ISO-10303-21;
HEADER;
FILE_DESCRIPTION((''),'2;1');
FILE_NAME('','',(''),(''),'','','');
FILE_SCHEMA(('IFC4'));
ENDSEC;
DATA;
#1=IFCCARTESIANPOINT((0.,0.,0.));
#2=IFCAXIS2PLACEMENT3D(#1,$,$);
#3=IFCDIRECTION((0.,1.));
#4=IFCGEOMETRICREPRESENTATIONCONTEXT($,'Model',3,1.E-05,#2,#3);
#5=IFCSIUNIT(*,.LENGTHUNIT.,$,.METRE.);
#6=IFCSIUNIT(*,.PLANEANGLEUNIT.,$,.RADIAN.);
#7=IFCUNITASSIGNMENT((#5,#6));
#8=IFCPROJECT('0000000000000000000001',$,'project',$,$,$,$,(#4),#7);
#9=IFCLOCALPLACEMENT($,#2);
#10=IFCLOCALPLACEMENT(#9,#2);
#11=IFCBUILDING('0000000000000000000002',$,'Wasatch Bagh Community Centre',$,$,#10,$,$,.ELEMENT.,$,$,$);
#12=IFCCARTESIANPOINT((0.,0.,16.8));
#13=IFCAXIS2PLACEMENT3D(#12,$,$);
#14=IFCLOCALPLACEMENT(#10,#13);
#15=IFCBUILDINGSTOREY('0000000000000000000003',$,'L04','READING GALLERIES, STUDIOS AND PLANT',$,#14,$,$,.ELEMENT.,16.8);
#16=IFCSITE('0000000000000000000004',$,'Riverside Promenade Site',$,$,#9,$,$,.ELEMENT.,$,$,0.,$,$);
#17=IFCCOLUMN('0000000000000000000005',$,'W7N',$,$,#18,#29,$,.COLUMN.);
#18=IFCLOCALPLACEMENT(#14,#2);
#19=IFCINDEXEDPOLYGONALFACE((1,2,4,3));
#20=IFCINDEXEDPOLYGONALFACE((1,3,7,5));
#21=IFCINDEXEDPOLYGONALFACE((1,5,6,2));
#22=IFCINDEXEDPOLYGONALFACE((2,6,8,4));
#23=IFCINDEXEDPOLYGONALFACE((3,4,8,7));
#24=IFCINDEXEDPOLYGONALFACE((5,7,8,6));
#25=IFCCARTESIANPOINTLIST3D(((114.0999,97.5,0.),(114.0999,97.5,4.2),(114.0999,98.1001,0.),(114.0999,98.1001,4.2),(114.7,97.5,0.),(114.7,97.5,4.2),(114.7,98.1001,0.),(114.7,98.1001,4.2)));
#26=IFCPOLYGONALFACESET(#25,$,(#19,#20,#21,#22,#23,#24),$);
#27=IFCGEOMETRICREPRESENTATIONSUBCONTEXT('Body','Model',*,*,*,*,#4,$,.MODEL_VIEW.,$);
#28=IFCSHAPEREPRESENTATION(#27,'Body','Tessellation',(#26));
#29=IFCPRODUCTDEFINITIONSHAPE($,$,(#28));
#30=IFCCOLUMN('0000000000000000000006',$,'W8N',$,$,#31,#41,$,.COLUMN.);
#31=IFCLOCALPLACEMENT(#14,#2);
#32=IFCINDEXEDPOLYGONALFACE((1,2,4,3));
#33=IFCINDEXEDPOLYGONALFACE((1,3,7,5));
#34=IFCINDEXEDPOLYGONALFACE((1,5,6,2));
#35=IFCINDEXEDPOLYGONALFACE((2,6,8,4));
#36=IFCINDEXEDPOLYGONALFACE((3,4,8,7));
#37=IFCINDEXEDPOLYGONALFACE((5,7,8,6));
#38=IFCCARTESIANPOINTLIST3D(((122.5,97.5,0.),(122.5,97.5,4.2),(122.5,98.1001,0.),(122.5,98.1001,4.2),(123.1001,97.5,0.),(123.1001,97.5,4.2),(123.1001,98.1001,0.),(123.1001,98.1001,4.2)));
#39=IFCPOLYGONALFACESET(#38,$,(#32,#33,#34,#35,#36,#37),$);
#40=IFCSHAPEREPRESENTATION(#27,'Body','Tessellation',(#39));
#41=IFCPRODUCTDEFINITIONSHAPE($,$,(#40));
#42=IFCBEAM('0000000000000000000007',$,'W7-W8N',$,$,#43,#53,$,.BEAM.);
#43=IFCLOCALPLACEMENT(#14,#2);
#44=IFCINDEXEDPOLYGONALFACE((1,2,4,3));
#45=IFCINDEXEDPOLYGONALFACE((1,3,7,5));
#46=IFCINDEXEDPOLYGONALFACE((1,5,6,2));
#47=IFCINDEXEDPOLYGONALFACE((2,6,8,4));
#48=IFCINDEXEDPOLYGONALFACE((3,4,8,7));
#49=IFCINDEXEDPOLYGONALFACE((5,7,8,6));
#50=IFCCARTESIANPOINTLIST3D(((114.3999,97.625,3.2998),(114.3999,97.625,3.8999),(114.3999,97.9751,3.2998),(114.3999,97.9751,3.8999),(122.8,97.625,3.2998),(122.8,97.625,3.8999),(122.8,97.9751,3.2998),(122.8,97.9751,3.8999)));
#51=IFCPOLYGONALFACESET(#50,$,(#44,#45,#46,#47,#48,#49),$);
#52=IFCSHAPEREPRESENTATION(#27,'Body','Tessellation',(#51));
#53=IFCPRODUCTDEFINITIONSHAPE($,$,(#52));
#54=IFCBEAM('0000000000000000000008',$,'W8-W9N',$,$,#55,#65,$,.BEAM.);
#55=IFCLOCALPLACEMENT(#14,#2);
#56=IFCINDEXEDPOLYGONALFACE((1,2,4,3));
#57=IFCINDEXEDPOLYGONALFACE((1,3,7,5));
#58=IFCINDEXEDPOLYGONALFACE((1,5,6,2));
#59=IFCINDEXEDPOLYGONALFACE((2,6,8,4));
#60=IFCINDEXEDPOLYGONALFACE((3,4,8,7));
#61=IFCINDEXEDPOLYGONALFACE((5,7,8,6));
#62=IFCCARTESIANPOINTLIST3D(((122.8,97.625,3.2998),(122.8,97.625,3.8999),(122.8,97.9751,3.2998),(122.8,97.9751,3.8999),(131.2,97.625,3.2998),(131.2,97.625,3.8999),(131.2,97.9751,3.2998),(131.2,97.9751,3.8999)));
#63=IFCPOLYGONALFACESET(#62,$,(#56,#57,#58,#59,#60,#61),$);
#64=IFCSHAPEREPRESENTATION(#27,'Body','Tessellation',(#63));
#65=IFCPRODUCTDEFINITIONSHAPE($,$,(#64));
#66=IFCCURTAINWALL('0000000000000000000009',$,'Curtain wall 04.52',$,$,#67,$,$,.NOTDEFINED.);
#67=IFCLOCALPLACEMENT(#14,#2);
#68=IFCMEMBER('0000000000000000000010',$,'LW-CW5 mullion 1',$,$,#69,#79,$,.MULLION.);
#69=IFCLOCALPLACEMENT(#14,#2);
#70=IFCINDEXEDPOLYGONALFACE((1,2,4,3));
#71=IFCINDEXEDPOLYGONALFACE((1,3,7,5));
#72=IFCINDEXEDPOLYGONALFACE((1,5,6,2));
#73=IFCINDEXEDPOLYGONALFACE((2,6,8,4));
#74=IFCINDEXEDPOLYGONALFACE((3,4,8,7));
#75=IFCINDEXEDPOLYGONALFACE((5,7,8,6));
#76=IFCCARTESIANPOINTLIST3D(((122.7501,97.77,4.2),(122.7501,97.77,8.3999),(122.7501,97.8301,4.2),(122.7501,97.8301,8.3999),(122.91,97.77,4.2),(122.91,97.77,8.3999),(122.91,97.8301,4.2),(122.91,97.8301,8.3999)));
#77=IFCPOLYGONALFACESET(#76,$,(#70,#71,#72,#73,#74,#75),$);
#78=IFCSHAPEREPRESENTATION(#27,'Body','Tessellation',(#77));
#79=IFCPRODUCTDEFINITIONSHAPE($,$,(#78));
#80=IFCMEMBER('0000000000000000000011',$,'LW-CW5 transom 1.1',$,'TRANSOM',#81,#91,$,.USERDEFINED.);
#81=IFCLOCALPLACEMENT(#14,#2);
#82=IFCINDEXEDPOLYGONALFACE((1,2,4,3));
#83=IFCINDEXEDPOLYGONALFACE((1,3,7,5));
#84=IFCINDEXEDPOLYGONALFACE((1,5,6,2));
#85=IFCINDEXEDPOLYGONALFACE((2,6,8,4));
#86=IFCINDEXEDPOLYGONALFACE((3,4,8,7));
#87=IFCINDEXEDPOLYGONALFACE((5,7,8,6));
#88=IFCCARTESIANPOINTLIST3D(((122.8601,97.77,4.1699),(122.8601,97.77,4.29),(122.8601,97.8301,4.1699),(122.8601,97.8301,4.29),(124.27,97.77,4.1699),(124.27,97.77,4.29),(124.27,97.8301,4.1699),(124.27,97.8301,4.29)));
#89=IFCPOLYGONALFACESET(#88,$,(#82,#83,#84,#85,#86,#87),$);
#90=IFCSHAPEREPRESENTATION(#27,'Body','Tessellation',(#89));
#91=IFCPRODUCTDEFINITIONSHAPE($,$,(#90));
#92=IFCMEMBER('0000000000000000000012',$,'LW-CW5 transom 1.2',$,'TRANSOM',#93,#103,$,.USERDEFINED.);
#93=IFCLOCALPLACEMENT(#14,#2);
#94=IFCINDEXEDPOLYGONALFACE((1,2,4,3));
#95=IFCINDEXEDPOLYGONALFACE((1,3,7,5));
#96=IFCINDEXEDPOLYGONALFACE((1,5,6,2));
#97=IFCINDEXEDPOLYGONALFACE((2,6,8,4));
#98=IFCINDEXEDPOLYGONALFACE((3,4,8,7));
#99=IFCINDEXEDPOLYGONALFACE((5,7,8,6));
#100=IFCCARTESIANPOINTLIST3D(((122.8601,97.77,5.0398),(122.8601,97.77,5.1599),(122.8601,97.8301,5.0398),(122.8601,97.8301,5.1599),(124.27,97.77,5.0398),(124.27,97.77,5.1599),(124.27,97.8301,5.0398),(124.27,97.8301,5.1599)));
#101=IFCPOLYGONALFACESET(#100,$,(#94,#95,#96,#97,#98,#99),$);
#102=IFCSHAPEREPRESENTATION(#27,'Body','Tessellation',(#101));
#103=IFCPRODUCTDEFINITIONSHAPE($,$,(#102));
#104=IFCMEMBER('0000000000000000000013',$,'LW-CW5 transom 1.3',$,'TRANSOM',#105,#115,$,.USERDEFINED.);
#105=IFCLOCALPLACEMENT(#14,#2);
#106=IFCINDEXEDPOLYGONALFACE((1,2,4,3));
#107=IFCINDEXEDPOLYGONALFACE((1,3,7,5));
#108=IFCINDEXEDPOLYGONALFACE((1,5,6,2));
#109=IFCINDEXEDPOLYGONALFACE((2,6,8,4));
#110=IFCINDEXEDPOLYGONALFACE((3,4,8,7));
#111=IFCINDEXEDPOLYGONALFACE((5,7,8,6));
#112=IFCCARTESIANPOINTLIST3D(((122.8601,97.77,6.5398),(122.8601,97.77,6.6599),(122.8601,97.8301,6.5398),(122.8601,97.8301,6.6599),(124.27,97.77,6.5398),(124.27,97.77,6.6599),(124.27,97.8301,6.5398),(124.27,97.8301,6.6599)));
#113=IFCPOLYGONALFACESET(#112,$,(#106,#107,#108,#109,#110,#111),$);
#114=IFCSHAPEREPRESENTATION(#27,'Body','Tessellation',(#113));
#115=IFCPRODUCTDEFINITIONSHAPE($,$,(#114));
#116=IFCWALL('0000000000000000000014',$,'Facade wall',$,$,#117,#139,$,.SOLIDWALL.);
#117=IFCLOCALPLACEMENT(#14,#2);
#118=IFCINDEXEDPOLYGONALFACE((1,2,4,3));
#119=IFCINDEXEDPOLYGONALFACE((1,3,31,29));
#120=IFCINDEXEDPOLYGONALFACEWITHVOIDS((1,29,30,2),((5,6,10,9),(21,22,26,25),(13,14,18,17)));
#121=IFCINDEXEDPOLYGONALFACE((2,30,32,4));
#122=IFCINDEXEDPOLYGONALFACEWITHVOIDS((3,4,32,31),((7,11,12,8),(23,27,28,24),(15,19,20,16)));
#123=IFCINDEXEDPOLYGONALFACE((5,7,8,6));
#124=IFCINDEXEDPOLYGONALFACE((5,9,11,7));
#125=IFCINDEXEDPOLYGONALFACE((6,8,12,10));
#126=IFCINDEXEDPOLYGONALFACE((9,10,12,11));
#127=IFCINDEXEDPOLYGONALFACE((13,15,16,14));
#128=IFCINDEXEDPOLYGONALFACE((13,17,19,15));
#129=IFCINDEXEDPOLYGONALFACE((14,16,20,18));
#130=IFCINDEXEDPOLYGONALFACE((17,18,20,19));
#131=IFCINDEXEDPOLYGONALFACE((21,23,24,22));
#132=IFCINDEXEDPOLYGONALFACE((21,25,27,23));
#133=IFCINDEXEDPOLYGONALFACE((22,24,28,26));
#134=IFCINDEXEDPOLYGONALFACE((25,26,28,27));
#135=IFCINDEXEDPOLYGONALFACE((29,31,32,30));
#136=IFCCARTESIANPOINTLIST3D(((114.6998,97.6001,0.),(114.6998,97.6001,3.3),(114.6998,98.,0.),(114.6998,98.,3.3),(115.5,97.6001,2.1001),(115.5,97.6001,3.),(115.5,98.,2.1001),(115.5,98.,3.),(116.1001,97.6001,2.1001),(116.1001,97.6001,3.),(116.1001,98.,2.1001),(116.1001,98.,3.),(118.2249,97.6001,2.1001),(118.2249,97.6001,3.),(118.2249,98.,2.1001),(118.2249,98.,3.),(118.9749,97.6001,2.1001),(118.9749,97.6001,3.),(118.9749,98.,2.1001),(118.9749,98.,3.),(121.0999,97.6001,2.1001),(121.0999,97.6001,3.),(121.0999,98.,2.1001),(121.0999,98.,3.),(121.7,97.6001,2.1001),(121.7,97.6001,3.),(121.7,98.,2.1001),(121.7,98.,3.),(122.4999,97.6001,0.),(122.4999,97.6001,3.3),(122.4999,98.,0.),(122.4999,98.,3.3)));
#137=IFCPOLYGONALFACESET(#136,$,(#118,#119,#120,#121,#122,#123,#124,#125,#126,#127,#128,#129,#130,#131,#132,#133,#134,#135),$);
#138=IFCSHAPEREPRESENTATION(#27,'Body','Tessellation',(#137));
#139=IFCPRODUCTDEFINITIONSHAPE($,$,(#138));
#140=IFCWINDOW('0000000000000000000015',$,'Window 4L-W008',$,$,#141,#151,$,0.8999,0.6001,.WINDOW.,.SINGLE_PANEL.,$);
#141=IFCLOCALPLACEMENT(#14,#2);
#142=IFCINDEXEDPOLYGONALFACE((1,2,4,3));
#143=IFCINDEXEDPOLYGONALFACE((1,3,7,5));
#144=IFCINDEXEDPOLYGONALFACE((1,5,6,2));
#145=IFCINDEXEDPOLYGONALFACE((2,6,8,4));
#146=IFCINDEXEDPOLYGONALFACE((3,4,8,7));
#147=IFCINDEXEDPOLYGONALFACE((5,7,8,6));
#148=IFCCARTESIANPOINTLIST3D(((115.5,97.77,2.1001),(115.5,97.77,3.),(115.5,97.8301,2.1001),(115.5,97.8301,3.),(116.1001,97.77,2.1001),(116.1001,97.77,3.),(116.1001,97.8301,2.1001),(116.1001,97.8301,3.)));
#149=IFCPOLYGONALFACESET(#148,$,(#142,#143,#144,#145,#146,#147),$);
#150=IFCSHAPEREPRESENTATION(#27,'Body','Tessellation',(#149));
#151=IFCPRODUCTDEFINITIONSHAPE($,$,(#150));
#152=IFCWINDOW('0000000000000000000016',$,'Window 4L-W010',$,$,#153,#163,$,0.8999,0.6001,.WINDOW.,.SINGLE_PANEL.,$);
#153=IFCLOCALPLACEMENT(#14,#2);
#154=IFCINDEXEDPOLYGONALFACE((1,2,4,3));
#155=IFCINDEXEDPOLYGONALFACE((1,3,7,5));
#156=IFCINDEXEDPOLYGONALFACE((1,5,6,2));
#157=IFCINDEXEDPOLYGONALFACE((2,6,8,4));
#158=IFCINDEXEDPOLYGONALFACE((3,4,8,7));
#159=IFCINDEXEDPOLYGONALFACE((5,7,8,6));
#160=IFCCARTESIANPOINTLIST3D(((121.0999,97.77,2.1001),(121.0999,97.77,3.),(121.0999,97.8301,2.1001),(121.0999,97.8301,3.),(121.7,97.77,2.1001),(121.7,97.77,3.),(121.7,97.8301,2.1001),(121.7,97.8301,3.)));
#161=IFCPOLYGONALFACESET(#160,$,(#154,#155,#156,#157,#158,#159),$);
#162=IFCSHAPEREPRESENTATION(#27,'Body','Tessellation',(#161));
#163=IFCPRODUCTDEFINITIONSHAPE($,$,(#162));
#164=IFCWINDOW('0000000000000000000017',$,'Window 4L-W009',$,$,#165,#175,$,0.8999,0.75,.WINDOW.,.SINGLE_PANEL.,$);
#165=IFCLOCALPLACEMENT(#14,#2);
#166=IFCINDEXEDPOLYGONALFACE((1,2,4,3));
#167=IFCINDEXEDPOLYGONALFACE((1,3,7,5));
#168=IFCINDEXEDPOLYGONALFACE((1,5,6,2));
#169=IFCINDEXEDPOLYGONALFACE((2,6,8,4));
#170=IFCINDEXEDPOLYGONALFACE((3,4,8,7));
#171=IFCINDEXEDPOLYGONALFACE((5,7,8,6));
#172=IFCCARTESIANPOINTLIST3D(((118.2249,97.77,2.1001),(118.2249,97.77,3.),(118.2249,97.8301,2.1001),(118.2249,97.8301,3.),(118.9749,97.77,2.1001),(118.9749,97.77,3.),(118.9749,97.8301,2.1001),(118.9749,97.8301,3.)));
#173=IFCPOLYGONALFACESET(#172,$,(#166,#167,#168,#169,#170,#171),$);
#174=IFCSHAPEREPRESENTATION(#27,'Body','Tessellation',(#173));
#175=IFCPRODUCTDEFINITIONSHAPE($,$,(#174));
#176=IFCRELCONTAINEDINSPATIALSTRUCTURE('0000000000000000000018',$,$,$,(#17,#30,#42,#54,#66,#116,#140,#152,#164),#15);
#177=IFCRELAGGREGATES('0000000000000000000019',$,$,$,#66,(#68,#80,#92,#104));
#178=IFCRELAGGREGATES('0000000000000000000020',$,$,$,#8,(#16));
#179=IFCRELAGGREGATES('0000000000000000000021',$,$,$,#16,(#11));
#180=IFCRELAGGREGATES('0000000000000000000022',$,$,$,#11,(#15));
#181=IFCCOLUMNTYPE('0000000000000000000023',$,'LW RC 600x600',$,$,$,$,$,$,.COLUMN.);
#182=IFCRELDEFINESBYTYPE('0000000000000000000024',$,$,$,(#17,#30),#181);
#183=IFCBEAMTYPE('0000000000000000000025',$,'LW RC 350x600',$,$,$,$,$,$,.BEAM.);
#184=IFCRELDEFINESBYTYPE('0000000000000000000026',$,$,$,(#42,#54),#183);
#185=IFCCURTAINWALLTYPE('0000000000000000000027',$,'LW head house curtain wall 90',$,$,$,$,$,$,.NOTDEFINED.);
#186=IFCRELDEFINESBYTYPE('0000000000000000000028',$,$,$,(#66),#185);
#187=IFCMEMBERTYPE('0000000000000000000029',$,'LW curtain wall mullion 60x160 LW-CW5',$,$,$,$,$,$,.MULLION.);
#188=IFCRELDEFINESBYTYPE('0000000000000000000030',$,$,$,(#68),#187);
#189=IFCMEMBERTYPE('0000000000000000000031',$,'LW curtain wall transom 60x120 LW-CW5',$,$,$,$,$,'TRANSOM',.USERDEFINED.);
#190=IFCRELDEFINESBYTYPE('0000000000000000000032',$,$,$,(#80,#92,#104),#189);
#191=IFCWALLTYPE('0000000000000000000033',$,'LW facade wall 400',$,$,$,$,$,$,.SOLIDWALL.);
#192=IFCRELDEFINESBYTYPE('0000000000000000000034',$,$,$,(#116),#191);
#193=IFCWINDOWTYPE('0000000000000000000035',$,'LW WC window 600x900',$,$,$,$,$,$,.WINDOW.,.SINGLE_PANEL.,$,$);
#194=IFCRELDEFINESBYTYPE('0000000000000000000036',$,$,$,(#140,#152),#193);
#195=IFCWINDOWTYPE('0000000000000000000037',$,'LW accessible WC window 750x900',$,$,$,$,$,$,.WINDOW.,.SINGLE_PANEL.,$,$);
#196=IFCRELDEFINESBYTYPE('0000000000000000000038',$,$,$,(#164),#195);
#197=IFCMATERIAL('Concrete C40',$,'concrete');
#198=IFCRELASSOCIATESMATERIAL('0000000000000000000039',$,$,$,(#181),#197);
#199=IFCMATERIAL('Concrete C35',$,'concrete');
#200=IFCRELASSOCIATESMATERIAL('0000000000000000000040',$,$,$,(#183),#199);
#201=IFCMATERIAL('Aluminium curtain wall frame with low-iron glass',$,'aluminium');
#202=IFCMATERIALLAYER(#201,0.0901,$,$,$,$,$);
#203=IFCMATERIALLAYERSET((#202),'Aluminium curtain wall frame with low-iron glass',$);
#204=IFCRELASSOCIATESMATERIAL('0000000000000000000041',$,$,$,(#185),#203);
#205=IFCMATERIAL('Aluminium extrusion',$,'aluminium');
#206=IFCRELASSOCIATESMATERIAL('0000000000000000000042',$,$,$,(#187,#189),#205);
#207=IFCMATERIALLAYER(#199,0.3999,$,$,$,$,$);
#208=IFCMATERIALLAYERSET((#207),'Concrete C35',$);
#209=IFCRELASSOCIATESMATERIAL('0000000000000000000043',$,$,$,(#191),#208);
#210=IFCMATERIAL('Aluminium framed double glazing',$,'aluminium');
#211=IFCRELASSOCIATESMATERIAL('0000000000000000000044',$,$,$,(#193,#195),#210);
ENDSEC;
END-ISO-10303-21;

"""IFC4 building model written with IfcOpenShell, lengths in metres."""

from ifc_helpers import new_model, si_unit, direction, frame, frame_2d, origin, origin_2d, place, context, subcontext, project, spatial, rectangle, extrude, material, layer, layer_set, material_profile, profile_set, type_object, element, fill, aggregate, save


model = new_model("IFC4")

# Units and contexts
model_context = context("Model", 3, precision=1e-05, world=origin(), true_north=direction((0.0, 1.0)))
body_context = subcontext(model_context, "Body", "Model", "MODEL_VIEW")
ifc_project = project(units=[si_unit("LENGTHUNIT", "METRE"), si_unit("PLANEANGLEUNIT", "RADIAN")], contexts=[model_context])

# Site, building, storey
site_placement = place(None, origin())
site = spatial("IfcSite", under=ifc_project, at=site_placement, Name="Riverside Promenade Site", CompositionType="ELEMENT", RefElevation=0.0)
building_placement = place(site_placement, origin())
building = spatial("IfcBuilding", under=site, at=building_placement, Name="Wasatch Bagh Community Centre", CompositionType="ELEMENT")
storey_placement = place(building_placement, frame((0.0, 0.0, 16.8)))
storey = spatial("IfcBuildingStorey", under=building, at=storey_placement, Name="L04", Description="READING GALLERIES, STUDIOS AND PLANT", CompositionType="ELEMENT", Elevation=16.8)

# Columns
ifc_material_1 = material(Name="Concrete C40", Category="concrete")
ifc_material_profile_1 = material_profile(ifc_material_1, rectangle(XDim=0.6001, YDim=0.6001, at=origin_2d()), Name="RC 600x600")
ifc_profile_set_1 = profile_set([ifc_material_profile_1], Name="Concrete C40")
column_type = type_object("IfcColumnType", Name="LW RC 600x600", PredefinedType="COLUMN", material=ifc_profile_set_1)
for number, where, z_axis, x_axis, name in (
    (1, (114.3999, 97.8, 0.0), (0.0, 0.0, 1.0), (1.0, 0.0, 0.0), "W7N"),
    (2, (122.8, 97.8, 0.0), (0.0, 0.0, 1.0), (1.0, 0.0, 0.0), "W8N"),
):
    element("IfcColumn", number, at=place(storey_placement, frame(where, z_axis=z_axis, x_axis=x_axis)), inside=storey, type_object=column_type, Name=name, PredefinedType="COLUMN", context=body_context, shape_type="SweptSolid", body=[
        extrude(rectangle(XDim=0.6001, YDim=0.6001, at=origin_2d()), origin(), (0.0, 0.0, 1.0), 4.2),
    ])

# Beams
ifc_material_2 = material(Name="Concrete C35", Category="concrete")
ifc_material_profile_2 = material_profile(ifc_material_2, rectangle(XDim=0.3501, YDim=0.6001, at=origin_2d()), Name="RC 350x600")
ifc_profile_set_2 = profile_set([ifc_material_profile_2], Name="Concrete C35")
beam_type = type_object("IfcBeamType", Name="LW RC 350x600", PredefinedType="BEAM", material=ifc_profile_set_2)
beam_1_placement = place(storey_placement, frame((114.3999, 97.8, 3.5999), z_axis=(1.0, 0.0, 0.0), x_axis=(0.0, 1.0, 0.0)))
element("IfcBeam", 3, at=beam_1_placement, inside=storey, type_object=beam_type, Name="W7-W8N", PredefinedType="BEAM", context=body_context, shape_type="SweptSolid", body=[
    extrude(rectangle(XDim=0.3501, YDim=0.6001, at=origin_2d()), origin(), (0.0, 0.0, 1.0), 8.4001),
])
beam_2_placement = place(storey_placement, frame((122.8, 97.8, 3.5999), z_axis=(1.0, 0.0, 0.0), x_axis=(0.0, 1.0, 0.0)))
element("IfcBeam", 4, at=beam_2_placement, inside=storey, type_object=beam_type, Name="W8-W9N", PredefinedType="BEAM", context=body_context, shape_type="SweptSolid", body=[
    extrude(rectangle(XDim=0.3501, YDim=0.6001, at=origin_2d()), origin(), (0.0, 0.0, 1.0), 8.3999),
])

# Curtain wall, members
ifc_material_3 = material(Name="Aluminium curtain wall frame with low-iron glass", Category="aluminium")
ifc_layer_1 = layer(ifc_material_3, 0.0901)
ifc_layer_set_1 = layer_set([ifc_layer_1], Name="Aluminium curtain wall frame with low-iron glass")
curtain_wall_type = type_object("IfcCurtainWallType", Name="LW head house curtain wall 90", PredefinedType="NOTDEFINED", material=ifc_layer_set_1)
curtain_wall_placement = place(storey_placement, origin())
curtain_wall = element("IfcCurtainWall", 5, at=curtain_wall_placement, inside=storey, type_object=curtain_wall_type, Name="Curtain wall 04.52", PredefinedType="NOTDEFINED")
ifc_material_4 = material(Name="Aluminium extrusion", Category="aluminium")
ifc_material_profile_3 = material_profile(ifc_material_4, rectangle(XDim=0.0601, YDim=0.1599, at=origin_2d()), Name="AL 60x160")
ifc_profile_set_3 = profile_set([ifc_material_profile_3], Name="Aluminium extrusion")
member_type_1 = type_object("IfcMemberType", Name="LW curtain wall mullion 60x160 LW-CW5", PredefinedType="MULLION", material=ifc_profile_set_3)
member_1_placement = place(storey_placement, frame((122.8301, 97.8, 4.2), z_axis=(0.0, 0.0, 1.0), x_axis=(0.0, 1.0, 0.0)))
member_1 = element("IfcMember", 6, at=member_1_placement, type_object=member_type_1, Name="LW-CW5 mullion 1", PredefinedType="MULLION", context=body_context, shape_type="SweptSolid", body=[
    extrude(rectangle(XDim=0.0601, YDim=0.1599, at=origin_2d()), origin(), (0.0, 0.0, 1.0), 4.2),
])
ifc_material_profile_4 = material_profile(ifc_material_4, rectangle(XDim=0.0601, YDim=0.1201, at=origin_2d()), Name="AL 60x120")
ifc_profile_set_4 = profile_set([ifc_material_profile_4], Name="Aluminium extrusion")
member_type_2 = type_object("IfcMemberType", Name="LW curtain wall transom 60x120 LW-CW5", ElementType="TRANSOM", PredefinedType="USERDEFINED", material=ifc_profile_set_4)
member_2_placement = place(storey_placement, frame((122.8601, 97.8, 4.23), z_axis=(1.0, 0.0, 0.0), x_axis=(0.0, 1.0, 0.0)))
member_2 = element("IfcMember", 7, at=member_2_placement, type_object=member_type_2, Name="LW-CW5 transom 1.1", ObjectType="TRANSOM", PredefinedType="USERDEFINED", context=body_context, shape_type="SweptSolid", body=[
    extrude(rectangle(XDim=0.0601, YDim=0.1201, at=origin_2d()), origin(), (0.0, 0.0, 1.0), 1.4099),
])
member_3_placement = place(storey_placement, frame((122.8601, 97.8, 5.0999), z_axis=(1.0, 0.0, 0.0), x_axis=(0.0, 1.0, 0.0)))
member_3 = element("IfcMember", 8, at=member_3_placement, type_object=member_type_2, Name="LW-CW5 transom 1.2", ObjectType="TRANSOM", PredefinedType="USERDEFINED", context=body_context, shape_type="SweptSolid", body=[
    extrude(rectangle(XDim=0.0601, YDim=0.1201, at=origin_2d()), origin(), (0.0, 0.0, 1.0), 1.4099),
])
member_4_placement = place(storey_placement, frame((122.8601, 97.8, 6.5999), z_axis=(1.0, 0.0, 0.0), x_axis=(0.0, 1.0, 0.0)))
member_4 = element("IfcMember", 9, at=member_4_placement, type_object=member_type_2, Name="LW-CW5 transom 1.3", ObjectType="TRANSOM", PredefinedType="USERDEFINED", context=body_context, shape_type="SweptSolid", body=[
    extrude(rectangle(XDim=0.0601, YDim=0.1201, at=origin_2d()), origin(), (0.0, 0.0, 1.0), 1.4099),
])
aggregate(curtain_wall, [member_1, member_2, member_3, member_4])

# Wall, openings, windows
ifc_layer_2 = layer(ifc_material_2, 0.3999)
ifc_layer_set_2 = layer_set([ifc_layer_2], Name="Concrete C35")
wall_type = type_object("IfcWallType", Name="LW facade wall 400", PredefinedType="SOLIDWALL", material=ifc_layer_set_2)
wall_placement = place(storey_placement, frame((114.7, 97.8, 0.0), z_axis=(0.0, 0.0, 1.0), x_axis=(1.0, 0.0, 0.0)))
wall = element("IfcWall", 10, at=wall_placement, inside=storey, type_object=wall_type, Name="Facade wall", PredefinedType="SOLIDWALL", context=body_context, shape_type="SweptSolid", body=[
    extrude(rectangle(XDim=7.8, YDim=0.3999, at=frame_2d((3.8999, 0.0))), origin(), (0.0, 0.0, 1.0), 3.3),
])
opening_1_placement = place(wall_placement, frame((0.8, 0.0, 2.1001)))
opening_1 = element("IfcOpeningElement", 11, at=opening_1_placement, cuts=wall, PredefinedType="OPENING", context=body_context, shape_type="SweptSolid", body=[
    extrude(rectangle(XDim=0.6001, YDim=0.8999, at=frame_2d((0.3, 0.45))), frame((0.0, 0.21, 0.0), z_axis=(0.0, -1.0, 0.0), x_axis=(1.0, 0.0, 0.0)), (0.0, 0.0, 1.0), 0.4199),
])
opening_2_placement = place(wall_placement, frame((3.5249, 0.0, 2.1001)))
opening_2 = element("IfcOpeningElement", 12, at=opening_2_placement, cuts=wall, PredefinedType="OPENING", context=body_context, shape_type="SweptSolid", body=[
    extrude(rectangle(XDim=0.75, YDim=0.8999, at=frame_2d((0.375, 0.45))), frame((0.0, 0.21, 0.0), z_axis=(0.0, -1.0, 0.0), x_axis=(1.0, 0.0, 0.0)), (0.0, 0.0, 1.0), 0.4199),
])
opening_3_placement = place(wall_placement, frame((6.3999, 0.0, 2.1001)))
opening_3 = element("IfcOpeningElement", 13, at=opening_3_placement, cuts=wall, PredefinedType="OPENING", context=body_context, shape_type="SweptSolid", body=[
    extrude(rectangle(XDim=0.6001, YDim=0.8999, at=frame_2d((0.3, 0.45))), frame((0.0, 0.21, 0.0), z_axis=(0.0, -1.0, 0.0), x_axis=(1.0, 0.0, 0.0)), (0.0, 0.0, 1.0), 0.4199),
])
ifc_material_5 = material(Name="Aluminium framed double glazing", Category="aluminium")
window_type_1 = type_object("IfcWindowType", Name="LW WC window 600x900", PartitioningType="SINGLE_PANEL", PredefinedType="WINDOW", material=ifc_material_5)
window_1_placement = place(opening_1_placement, origin())
window_1 = element("IfcWindow", 14, at=window_1_placement, inside=storey, type_object=window_type_1, Name="Window 4L-W008", OverallHeight=0.8999, OverallWidth=0.6001, PartitioningType="SINGLE_PANEL", PredefinedType="WINDOW", context=body_context, shape_type="SweptSolid", body=[
    extrude(rectangle(XDim=0.6001, YDim=0.8999, at=frame_2d((0.3, 0.45))), frame((0.0, 0.03, 0.0), z_axis=(0.0, -1.0, 0.0), x_axis=(1.0, 0.0, 0.0)), (0.0, 0.0, 1.0), 0.0601),
])
fill(opening_1, window_1)
window_2_placement = place(opening_3_placement, origin())
window_2 = element("IfcWindow", 15, at=window_2_placement, inside=storey, type_object=window_type_1, Name="Window 4L-W010", OverallHeight=0.8999, OverallWidth=0.6001, PartitioningType="SINGLE_PANEL", PredefinedType="WINDOW", context=body_context, shape_type="SweptSolid", body=[
    extrude(rectangle(XDim=0.6001, YDim=0.8999, at=frame_2d((0.3, 0.45))), frame((0.0, 0.03, 0.0), z_axis=(0.0, -1.0, 0.0), x_axis=(1.0, 0.0, 0.0)), (0.0, 0.0, 1.0), 0.0601),
])
fill(opening_3, window_2)
window_type_2 = type_object("IfcWindowType", Name="LW accessible WC window 750x900", PartitioningType="SINGLE_PANEL", PredefinedType="WINDOW", material=ifc_material_5)
window_3_placement = place(opening_2_placement, origin())
window_3 = element("IfcWindow", 16, at=window_3_placement, inside=storey, type_object=window_type_2, Name="Window 4L-W009", OverallHeight=0.8999, OverallWidth=0.75, PartitioningType="SINGLE_PANEL", PredefinedType="WINDOW", context=body_context, shape_type="SweptSolid", body=[
    extrude(rectangle(XDim=0.75, YDim=0.8999, at=frame_2d((0.375, 0.45))), frame((0.0, 0.03, 0.0), z_axis=(0.0, -1.0, 0.0), x_axis=(1.0, 0.0, 0.0)), (0.0, 0.0, 1.0), 0.0601),
])
fill(opening_2, window_3)

save(model, "model.ifc")
